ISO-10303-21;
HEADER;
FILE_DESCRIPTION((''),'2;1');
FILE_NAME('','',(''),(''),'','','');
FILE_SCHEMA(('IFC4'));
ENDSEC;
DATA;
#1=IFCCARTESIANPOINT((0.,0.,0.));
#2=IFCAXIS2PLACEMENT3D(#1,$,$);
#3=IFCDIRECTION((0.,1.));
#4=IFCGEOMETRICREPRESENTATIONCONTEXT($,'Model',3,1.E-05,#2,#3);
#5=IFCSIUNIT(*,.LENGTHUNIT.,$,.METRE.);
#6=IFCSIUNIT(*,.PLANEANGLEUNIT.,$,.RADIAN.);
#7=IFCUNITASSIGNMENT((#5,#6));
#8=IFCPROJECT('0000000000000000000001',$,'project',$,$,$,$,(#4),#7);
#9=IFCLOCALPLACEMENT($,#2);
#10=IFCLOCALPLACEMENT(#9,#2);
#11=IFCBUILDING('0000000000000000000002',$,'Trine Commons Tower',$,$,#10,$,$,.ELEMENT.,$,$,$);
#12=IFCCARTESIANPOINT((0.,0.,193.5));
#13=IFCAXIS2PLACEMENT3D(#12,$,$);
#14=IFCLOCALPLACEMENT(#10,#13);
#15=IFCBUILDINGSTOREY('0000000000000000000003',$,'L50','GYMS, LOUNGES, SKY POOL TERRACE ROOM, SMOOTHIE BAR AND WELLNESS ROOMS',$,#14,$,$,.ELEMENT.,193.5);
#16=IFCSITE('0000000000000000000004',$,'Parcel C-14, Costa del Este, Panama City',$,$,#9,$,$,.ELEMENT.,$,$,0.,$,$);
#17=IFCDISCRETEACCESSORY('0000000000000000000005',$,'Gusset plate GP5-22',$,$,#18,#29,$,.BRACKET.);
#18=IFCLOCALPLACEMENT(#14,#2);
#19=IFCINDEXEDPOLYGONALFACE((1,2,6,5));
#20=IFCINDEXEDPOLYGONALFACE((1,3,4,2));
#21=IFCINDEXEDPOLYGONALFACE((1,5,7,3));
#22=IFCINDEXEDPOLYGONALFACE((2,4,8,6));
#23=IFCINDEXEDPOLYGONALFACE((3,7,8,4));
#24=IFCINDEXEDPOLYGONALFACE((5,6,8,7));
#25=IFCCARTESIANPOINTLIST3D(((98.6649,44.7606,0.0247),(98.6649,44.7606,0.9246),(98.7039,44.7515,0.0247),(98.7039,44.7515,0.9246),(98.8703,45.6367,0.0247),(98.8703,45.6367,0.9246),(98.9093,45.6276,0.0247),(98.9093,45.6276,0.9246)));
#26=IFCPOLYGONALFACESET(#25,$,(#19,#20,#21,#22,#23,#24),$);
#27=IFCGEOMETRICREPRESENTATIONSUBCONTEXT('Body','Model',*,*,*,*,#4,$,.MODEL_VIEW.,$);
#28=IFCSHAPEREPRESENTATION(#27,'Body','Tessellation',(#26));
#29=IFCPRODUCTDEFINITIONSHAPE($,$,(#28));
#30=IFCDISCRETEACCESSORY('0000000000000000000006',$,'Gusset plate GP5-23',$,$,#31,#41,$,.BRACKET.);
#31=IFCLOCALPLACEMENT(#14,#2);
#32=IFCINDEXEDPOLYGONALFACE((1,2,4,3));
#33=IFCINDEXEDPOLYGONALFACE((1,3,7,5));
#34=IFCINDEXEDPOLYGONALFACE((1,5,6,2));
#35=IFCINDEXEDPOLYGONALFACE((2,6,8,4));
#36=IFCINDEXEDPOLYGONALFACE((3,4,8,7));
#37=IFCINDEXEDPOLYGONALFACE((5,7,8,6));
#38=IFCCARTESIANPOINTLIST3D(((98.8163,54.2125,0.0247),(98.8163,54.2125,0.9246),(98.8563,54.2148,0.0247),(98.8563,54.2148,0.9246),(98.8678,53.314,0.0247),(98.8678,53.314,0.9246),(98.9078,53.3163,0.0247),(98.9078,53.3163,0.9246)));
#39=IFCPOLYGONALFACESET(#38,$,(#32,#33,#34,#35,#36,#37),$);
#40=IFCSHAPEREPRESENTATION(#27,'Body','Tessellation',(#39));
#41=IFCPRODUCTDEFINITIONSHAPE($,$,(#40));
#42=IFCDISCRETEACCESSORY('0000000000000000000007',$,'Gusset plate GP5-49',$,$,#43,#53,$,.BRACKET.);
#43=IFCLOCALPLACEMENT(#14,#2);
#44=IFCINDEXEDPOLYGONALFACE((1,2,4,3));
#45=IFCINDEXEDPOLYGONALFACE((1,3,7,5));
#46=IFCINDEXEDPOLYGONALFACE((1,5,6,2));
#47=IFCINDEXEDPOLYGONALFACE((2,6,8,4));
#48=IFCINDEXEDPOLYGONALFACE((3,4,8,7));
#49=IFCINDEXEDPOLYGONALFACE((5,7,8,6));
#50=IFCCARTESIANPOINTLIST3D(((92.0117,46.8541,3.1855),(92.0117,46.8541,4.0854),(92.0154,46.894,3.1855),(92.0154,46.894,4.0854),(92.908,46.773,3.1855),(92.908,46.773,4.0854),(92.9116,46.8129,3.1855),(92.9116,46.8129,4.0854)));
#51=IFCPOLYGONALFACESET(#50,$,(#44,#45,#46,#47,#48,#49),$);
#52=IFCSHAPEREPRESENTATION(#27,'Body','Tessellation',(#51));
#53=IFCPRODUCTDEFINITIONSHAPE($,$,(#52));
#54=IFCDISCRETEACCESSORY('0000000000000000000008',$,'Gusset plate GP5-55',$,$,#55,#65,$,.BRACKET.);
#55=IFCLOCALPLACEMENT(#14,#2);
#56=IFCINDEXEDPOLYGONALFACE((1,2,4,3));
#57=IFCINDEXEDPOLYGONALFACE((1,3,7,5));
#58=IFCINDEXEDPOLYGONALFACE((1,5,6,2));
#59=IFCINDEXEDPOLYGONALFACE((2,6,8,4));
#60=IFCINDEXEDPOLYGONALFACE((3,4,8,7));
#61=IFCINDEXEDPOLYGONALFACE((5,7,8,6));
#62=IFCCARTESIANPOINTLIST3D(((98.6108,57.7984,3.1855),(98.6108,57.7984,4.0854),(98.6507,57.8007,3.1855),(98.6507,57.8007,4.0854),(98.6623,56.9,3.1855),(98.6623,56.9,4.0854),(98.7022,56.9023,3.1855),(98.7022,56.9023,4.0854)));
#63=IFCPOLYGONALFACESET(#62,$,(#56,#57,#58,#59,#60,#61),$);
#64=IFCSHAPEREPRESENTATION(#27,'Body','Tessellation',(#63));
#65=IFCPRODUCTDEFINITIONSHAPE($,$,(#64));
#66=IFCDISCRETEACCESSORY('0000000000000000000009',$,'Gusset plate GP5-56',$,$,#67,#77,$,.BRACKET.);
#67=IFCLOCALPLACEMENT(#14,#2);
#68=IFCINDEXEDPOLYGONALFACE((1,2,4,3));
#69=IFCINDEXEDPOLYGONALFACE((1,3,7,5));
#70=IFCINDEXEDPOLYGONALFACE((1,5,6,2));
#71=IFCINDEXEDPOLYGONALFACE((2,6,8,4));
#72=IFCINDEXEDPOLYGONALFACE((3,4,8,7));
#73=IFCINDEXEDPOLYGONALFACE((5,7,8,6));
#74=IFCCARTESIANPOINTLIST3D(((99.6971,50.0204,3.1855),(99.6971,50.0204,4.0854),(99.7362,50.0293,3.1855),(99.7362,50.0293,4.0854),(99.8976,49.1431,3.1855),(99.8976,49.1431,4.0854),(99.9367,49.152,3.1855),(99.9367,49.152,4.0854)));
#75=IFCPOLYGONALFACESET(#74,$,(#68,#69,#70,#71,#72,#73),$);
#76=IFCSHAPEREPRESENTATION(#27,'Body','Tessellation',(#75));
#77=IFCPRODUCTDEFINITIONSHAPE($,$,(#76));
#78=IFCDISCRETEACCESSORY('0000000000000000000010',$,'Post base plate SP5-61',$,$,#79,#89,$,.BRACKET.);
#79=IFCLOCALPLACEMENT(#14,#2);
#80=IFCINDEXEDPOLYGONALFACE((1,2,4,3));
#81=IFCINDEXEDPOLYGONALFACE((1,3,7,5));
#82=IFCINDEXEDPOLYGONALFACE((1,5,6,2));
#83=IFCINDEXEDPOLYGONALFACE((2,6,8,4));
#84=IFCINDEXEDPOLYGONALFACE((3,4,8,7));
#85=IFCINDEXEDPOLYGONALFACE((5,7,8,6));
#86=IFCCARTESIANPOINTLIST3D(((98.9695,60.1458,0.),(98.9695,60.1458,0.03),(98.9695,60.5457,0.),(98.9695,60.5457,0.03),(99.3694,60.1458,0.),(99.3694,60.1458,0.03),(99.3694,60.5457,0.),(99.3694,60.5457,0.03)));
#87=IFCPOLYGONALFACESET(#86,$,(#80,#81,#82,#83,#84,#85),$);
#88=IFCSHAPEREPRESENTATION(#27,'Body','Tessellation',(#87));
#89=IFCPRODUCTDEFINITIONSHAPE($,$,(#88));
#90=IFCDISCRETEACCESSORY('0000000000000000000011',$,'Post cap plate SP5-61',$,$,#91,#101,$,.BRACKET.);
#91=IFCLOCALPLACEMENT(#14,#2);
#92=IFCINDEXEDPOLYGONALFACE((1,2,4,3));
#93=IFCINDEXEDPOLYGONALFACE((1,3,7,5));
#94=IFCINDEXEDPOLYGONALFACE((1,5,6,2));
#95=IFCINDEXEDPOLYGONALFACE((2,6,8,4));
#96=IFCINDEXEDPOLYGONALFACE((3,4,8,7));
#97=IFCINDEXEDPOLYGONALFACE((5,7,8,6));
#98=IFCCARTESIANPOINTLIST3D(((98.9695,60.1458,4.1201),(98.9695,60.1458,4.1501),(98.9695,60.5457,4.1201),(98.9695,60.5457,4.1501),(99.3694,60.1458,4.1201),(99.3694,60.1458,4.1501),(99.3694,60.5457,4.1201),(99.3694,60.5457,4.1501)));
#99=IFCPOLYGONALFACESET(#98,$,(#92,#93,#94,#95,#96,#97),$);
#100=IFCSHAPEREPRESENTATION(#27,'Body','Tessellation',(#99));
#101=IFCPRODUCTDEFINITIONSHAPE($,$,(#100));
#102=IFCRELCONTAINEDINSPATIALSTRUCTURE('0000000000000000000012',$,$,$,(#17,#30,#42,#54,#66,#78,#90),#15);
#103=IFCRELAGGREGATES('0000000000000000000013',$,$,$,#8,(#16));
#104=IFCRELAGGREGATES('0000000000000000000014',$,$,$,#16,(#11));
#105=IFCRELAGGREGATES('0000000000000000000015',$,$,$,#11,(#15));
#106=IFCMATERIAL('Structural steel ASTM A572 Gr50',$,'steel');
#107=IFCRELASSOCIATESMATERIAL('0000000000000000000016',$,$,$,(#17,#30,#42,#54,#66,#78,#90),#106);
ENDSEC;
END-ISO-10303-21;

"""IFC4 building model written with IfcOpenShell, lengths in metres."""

from ifc_helpers import new_model, si_unit, direction, frame, origin, origin_2d, place, context, subcontext, project, spatial, rectangle, extrude, material, element, save


model = new_model("IFC4")

# Units and contexts
model_context = context("Model", 3, precision=1e-05, world=origin(), true_north=direction((0.0, 1.0)))
body_context = subcontext(model_context, "Body", "Model", "MODEL_VIEW")
ifc_project = project(units=[si_unit("LENGTHUNIT", "METRE"), si_unit("PLANEANGLEUNIT", "RADIAN")], contexts=[model_context])

# Site, building, storey
site_placement = place(None, origin())
site = spatial("IfcSite", under=ifc_project, at=site_placement, Name="Parcel C-14, Costa del Este, Panama City", CompositionType="ELEMENT", RefElevation=0.0)
building_placement = place(site_placement, origin())
building = spatial("IfcBuilding", under=site, at=building_placement, Name="Trine Commons Tower", CompositionType="ELEMENT")
storey_placement = place(building_placement, frame((0.0, 0.0, 193.5)))
storey = spatial("IfcBuildingStorey", under=building, at=storey_placement, Name="L50", Description="GYMS, LOUNGES, SKY POOL TERRACE ROOM, SMOOTHIE BAR AND WELLNESS ROOMS", CompositionType="ELEMENT", Elevation=193.5)

# Discrete accessories
ifc_material_1 = material(Name="Structural steel ASTM A572 Gr50", Category="steel")
for number, where, z_axis, x_axis, name in (
    (1, (98.7871, 45.1941, 0.0247), (0.0, 0.0, 1.0), (0.228266, 0.973599, 0.0), "Gusset plate GP5-22"),
    (2, (98.8621, 53.7644, 0.0247), (0.0, 0.0, 1.0), (-0.057216, 0.998362, 0.0), "Gusset plate GP5-23"),
    (3, (92.4617, 46.8335, 3.1855), (0.0, 0.0, 1.0), (0.995925, -0.090181, 0.0), "Gusset plate GP5-49"),
    (4, (98.6565, 57.3503, 3.1855), (0.0, 0.0, 1.0), (-0.057216, 0.998362, 0.0), "Gusset plate GP5-55"),
    (5, (99.8169, 49.5862, 3.1855), (0.0, 0.0, 1.0), (0.222791, -0.974866, 0.0), "Gusset plate GP5-56"),
):
    element("IfcDiscreteAccessory", number, at=place(storey_placement, frame(where, z_axis=z_axis, x_axis=x_axis)), inside=storey, material=ifc_material_1, Name=name, PredefinedType="BRACKET", context=body_context, shape_type="SweptSolid", body=[
        extrude(rectangle(XDim=0.8999, YDim=0.04, at=origin_2d()), origin(), (0.0, 0.0, 1.0), 0.8999),
    ])
for number, where, z_axis, x_axis, name in (
    (6, (99.1694, 60.3457, 0.0), (0.0, 0.0, 1.0), (1.0, 0.0, 0.0), "Post base plate SP5-61"),
    (7, (99.1694, 60.3457, 4.1201), (0.0, 0.0, 1.0), (1.0, 0.0, 0.0), "Post cap plate SP5-61"),
):
    element("IfcDiscreteAccessory", number, at=place(storey_placement, frame(where, z_axis=z_axis, x_axis=x_axis)), inside=storey, material=ifc_material_1, Name=name, PredefinedType="BRACKET", context=body_context, shape_type="SweptSolid", body=[
        extrude(rectangle(XDim=0.3999, YDim=0.3999, at=origin_2d()), origin(), (0.0, 0.0, 1.0), 0.03),
    ])

save(model, "model.ifc")
